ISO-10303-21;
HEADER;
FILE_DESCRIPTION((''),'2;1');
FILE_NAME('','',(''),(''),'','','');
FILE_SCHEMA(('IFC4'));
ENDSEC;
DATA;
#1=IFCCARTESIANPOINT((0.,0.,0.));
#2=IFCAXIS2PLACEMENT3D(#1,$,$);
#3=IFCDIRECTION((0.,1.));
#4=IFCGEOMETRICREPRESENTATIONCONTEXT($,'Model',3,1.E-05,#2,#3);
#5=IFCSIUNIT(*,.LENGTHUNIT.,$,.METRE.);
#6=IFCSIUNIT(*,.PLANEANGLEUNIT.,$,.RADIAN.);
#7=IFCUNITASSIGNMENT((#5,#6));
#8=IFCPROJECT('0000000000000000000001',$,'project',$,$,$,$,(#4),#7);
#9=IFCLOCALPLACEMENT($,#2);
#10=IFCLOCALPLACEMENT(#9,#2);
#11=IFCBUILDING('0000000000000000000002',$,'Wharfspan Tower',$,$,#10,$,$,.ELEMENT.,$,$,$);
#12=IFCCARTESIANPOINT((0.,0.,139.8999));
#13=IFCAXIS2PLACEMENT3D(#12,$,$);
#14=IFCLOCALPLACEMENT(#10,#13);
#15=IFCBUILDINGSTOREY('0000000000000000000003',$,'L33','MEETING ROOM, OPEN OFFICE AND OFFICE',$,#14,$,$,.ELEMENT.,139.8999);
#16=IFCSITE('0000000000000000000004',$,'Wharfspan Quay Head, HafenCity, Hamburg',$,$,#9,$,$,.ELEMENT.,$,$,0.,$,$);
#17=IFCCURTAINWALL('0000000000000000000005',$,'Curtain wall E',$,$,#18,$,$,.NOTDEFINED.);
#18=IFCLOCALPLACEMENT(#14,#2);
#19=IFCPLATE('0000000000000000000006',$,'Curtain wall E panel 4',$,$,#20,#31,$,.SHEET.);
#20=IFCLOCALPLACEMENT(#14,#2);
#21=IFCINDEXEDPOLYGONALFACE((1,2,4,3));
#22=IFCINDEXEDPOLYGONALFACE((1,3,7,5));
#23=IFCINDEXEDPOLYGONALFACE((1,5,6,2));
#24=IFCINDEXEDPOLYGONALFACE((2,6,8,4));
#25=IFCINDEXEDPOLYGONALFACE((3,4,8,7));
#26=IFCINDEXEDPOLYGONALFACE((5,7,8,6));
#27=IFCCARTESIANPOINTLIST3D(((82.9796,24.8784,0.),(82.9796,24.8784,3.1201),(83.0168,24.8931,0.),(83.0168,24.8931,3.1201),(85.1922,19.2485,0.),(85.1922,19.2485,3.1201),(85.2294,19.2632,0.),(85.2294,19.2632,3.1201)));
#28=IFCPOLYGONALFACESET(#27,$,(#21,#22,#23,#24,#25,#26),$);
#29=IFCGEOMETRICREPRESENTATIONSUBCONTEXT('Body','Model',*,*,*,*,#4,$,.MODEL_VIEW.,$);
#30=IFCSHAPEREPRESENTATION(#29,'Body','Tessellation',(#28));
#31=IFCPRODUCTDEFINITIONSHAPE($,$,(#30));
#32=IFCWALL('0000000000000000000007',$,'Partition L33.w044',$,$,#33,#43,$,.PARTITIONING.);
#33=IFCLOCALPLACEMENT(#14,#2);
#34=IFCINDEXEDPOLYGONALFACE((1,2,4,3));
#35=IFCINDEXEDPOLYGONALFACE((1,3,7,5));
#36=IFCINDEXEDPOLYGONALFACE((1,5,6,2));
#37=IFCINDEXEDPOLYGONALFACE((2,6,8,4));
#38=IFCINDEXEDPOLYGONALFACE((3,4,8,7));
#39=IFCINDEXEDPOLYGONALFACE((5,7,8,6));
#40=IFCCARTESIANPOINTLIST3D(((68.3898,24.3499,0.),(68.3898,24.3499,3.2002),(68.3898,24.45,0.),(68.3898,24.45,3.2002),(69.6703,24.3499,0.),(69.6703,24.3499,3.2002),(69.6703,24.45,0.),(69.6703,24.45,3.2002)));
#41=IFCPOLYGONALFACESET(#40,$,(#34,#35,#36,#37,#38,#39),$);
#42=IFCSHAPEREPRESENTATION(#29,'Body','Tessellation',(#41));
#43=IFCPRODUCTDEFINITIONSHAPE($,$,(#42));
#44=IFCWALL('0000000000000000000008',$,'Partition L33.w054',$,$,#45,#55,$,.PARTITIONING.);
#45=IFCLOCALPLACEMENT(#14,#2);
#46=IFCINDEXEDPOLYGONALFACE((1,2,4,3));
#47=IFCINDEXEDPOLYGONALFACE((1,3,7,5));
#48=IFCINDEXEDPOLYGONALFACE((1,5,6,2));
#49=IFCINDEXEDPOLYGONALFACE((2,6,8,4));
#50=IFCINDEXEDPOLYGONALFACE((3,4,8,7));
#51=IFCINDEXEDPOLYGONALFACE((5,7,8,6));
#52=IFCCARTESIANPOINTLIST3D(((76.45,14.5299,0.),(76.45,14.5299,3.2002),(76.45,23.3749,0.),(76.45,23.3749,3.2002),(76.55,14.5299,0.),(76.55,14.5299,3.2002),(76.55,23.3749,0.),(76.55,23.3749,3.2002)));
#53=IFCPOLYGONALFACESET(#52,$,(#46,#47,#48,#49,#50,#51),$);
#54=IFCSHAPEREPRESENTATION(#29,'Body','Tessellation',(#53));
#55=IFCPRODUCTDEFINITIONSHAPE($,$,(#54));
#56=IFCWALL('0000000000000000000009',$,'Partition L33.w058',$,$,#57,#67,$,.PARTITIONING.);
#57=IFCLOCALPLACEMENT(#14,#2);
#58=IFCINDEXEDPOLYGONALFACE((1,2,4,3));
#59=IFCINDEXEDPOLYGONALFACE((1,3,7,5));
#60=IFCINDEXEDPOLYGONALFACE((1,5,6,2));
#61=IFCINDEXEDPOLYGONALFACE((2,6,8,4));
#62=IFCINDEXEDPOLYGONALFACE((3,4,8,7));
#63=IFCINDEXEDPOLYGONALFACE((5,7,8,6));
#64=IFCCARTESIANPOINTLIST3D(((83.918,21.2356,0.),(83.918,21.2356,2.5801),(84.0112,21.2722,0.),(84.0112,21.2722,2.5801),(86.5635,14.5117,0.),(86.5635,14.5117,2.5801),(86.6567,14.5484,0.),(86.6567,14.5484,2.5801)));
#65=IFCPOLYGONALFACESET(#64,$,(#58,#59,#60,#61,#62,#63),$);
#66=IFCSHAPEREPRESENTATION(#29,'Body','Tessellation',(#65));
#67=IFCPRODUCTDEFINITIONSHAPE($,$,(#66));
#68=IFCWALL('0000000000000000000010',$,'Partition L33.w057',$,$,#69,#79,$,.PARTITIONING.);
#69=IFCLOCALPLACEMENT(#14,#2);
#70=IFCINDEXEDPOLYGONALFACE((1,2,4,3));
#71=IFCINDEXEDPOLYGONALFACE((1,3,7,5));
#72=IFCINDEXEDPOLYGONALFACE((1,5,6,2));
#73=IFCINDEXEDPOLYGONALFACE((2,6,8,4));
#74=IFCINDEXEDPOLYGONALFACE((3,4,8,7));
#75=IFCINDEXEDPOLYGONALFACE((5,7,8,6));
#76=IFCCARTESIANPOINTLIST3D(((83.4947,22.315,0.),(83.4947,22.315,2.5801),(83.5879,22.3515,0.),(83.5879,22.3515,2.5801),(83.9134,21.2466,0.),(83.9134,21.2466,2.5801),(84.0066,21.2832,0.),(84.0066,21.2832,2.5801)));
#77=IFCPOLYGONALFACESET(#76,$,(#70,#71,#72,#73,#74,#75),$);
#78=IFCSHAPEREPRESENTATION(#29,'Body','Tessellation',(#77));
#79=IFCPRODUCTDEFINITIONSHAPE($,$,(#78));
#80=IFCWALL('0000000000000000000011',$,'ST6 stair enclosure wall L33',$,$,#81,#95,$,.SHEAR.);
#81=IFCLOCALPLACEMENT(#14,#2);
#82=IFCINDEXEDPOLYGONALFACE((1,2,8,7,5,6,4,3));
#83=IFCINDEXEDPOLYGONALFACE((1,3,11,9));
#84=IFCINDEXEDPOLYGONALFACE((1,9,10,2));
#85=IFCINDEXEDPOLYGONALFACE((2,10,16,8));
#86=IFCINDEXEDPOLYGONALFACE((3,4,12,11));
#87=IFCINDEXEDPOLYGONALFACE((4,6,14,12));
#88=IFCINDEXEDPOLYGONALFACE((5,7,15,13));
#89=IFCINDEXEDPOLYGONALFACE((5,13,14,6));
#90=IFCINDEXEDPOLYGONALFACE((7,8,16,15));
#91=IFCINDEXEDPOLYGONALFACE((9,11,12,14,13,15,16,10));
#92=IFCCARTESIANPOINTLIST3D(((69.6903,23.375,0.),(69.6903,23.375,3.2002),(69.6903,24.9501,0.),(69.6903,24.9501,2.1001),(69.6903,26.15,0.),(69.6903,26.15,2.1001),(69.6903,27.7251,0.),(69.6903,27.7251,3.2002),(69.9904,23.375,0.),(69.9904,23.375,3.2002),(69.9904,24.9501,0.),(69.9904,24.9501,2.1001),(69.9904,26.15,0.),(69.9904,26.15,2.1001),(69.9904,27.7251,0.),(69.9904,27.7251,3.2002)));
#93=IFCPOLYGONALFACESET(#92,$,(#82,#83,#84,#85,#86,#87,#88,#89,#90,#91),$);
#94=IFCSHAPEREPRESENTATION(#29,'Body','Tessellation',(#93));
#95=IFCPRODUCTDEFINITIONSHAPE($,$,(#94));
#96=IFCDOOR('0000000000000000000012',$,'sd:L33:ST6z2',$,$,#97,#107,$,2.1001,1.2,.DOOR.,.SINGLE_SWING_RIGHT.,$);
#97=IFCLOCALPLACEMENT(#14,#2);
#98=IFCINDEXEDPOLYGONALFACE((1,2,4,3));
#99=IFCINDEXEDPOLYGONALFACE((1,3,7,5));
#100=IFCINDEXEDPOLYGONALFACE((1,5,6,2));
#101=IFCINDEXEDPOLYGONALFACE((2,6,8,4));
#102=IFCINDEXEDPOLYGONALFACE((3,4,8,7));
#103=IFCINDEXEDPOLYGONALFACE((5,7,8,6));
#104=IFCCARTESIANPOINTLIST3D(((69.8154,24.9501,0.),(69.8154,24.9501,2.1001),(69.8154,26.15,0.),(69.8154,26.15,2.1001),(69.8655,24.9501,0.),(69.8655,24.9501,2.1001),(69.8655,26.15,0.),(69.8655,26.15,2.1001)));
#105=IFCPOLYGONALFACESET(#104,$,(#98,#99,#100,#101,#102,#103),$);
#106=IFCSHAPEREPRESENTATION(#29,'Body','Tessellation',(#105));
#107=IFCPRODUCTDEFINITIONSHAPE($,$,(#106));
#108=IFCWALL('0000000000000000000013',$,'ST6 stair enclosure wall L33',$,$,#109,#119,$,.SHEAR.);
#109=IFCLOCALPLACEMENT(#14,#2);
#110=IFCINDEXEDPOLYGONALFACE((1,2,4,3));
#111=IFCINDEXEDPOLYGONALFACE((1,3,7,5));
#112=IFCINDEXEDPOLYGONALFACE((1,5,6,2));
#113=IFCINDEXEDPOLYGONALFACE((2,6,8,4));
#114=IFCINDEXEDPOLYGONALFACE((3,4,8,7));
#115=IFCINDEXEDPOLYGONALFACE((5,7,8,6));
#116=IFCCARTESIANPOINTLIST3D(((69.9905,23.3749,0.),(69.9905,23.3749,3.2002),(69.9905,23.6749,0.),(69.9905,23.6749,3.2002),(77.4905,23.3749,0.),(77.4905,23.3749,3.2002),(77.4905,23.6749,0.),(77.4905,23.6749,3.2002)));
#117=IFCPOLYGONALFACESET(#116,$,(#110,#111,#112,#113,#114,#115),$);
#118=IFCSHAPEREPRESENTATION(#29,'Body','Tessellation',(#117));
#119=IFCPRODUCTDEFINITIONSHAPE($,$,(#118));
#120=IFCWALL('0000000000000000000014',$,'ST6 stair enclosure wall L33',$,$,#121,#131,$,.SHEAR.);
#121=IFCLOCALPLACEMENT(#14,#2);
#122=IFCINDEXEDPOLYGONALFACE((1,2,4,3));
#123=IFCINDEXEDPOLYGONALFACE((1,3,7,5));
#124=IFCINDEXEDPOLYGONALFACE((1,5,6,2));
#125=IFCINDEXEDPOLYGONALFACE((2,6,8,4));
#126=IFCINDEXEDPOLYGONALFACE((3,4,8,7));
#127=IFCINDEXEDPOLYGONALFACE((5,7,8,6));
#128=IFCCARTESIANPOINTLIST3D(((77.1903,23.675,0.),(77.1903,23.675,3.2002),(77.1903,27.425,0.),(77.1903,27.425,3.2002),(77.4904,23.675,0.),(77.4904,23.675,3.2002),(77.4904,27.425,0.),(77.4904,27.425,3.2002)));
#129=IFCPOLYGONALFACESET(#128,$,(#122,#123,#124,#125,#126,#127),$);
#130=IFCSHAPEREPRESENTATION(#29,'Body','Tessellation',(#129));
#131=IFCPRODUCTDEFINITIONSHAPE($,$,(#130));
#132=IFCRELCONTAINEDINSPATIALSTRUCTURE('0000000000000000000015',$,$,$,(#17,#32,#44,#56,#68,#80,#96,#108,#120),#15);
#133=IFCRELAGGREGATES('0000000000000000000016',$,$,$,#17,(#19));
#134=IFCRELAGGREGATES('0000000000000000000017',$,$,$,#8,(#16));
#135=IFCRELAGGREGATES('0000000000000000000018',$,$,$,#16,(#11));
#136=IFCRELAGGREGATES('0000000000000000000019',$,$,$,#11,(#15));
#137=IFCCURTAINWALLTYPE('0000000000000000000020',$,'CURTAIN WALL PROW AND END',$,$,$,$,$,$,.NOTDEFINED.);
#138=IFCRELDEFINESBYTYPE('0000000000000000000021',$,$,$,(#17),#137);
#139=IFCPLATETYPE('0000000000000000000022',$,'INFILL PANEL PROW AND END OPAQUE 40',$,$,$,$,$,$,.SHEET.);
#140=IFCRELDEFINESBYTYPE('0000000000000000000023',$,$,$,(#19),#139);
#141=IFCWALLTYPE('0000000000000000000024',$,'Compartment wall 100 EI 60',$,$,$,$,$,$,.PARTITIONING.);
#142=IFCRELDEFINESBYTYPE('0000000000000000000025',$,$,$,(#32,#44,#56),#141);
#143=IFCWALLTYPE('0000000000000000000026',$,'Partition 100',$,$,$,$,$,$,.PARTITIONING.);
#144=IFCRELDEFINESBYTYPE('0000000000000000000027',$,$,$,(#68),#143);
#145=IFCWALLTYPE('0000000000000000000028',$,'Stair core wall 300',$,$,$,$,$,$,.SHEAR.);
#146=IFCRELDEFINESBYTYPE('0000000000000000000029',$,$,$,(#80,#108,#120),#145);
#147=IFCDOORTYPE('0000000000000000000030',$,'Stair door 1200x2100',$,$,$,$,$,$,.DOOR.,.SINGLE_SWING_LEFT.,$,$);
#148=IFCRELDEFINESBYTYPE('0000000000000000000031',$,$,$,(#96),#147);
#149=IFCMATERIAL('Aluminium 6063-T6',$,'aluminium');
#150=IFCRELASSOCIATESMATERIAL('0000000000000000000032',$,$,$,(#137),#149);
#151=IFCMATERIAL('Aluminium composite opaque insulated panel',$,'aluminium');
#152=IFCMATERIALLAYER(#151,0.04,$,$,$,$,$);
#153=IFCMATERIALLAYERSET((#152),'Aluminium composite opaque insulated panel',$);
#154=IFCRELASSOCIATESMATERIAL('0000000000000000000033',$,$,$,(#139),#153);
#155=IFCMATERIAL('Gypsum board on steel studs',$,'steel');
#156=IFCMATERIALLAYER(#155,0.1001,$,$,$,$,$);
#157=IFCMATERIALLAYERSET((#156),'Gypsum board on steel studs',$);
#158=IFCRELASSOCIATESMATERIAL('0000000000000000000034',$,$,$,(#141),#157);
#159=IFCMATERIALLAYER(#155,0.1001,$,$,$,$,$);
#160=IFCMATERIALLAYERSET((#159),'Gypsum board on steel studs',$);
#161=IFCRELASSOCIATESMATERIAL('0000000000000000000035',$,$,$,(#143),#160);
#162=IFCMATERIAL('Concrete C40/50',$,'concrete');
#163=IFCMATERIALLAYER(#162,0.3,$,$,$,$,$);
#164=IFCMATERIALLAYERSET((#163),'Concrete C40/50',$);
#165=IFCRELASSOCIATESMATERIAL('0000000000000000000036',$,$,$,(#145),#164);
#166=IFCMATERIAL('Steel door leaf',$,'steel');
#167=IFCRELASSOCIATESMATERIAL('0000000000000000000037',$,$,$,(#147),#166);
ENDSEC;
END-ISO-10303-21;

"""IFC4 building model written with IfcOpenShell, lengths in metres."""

from ifc_helpers import new_model, si_unit, direction, frame, frame_2d, origin, origin_2d, place, context, subcontext, project, spatial, rectangle, extrude, material, layer, layer_set, type_object, element, fill, aggregate, save


model = new_model("IFC4")

# Units and contexts
model_context = context("Model", 3, precision=1e-05, world=origin(), true_north=direction((0.0, 1.0)))
body_context = subcontext(model_context, "Body", "Model", "MODEL_VIEW")
ifc_project = project(units=[si_unit("LENGTHUNIT", "METRE"), si_unit("PLANEANGLEUNIT", "RADIAN")], contexts=[model_context])

# Site, building, storey
site_placement = place(None, origin())
site = spatial("IfcSite", under=ifc_project, at=site_placement, Name="Wharfspan Quay Head, HafenCity, Hamburg", CompositionType="ELEMENT", RefElevation=0.0)
building_placement = place(site_placement, origin())
building = spatial("IfcBuilding", under=site, at=building_placement, Name="Wharfspan Tower", CompositionType="ELEMENT")
storey_placement = place(building_placement, frame((0.0, 0.0, 139.8999)))
storey = spatial("IfcBuildingStorey", under=building, at=storey_placement, Name="L33", Description="MEETING ROOM, OPEN OFFICE AND OFFICE", CompositionType="ELEMENT", Elevation=139.8999)

# Curtain wall
ifc_material_1 = material(Name="Aluminium 6063-T6", Category="aluminium")
curtain_wall_type = type_object("IfcCurtainWallType", Name="CURTAIN WALL PROW AND END", PredefinedType="NOTDEFINED", material=ifc_material_1)
curtain_wall_placement = place(storey_placement, origin())
curtain_wall = element("IfcCurtainWall", 1, at=curtain_wall_placement, inside=storey, type_object=curtain_wall_type, Name="Curtain wall E", PredefinedType="NOTDEFINED")

# Plate
ifc_material_2 = material(Name="Aluminium composite opaque insulated panel", Category="aluminium")
ifc_layer_1 = layer(ifc_material_2, 0.04)
ifc_layer_set_1 = layer_set([ifc_layer_1], Name="Aluminium composite opaque insulated panel")
plate_type = type_object("IfcPlateType", Name="INFILL PANEL PROW AND END OPAQUE 40", PredefinedType="SHEET", material=ifc_layer_set_1)
plate_1_placement = place(storey_placement, frame((84.1045, 22.0708, 0.0), z_axis=(0.0, 0.0, 1.0), x_axis=(-0.365778, 0.930702, 0.0)))
plate_1 = element("IfcPlate", 2, at=plate_1_placement, type_object=plate_type, Name="Curtain wall E panel 4", PredefinedType="SHEET", context=body_context, shape_type="SweptSolid", body=[
    extrude(rectangle(XDim=6.0491, YDim=0.04, at=origin_2d()), origin(), (0.0, 0.0, 1.0), 3.1201),
])
aggregate(curtain_wall, [plate_1])

# Walls
ifc_material_3 = material(Name="Gypsum board on steel studs", Category="steel")
ifc_layer_2 = layer(ifc_material_3, 0.1001)
ifc_layer_set_2 = layer_set([ifc_layer_2], Name="Gypsum board on steel studs")
wall_type_1 = type_object("IfcWallType", Name="Compartment wall 100 EI 60", PredefinedType="PARTITIONING", material=ifc_layer_set_2)
wall_1_placement = place(storey_placement, frame((68.3899, 24.3999, 0.0), z_axis=(0.0, 0.0, 1.0), x_axis=(1.0, 0.0, 0.0)))
element("IfcWall", 3, at=wall_1_placement, inside=storey, type_object=wall_type_1, Name="Partition L33.w044", PredefinedType="PARTITIONING", context=body_context, shape_type="SweptSolid", body=[
    extrude(rectangle(XDim=1.2805, YDim=0.1001, at=frame_2d((0.6401, 0.0))), origin(), (0.0, 0.0, 1.0), 3.2002),
])
wall_2_placement = place(storey_placement, frame((76.5, 14.53, 0.0), z_axis=(0.0, 0.0, 1.0), x_axis=(0.0, 1.0, 0.0)))
element("IfcWall", 4, at=wall_2_placement, inside=storey, type_object=wall_type_1, Name="Partition L33.w054", PredefinedType="PARTITIONING", context=body_context, shape_type="SweptSolid", body=[
    extrude(rectangle(XDim=8.845, YDim=0.1001, at=frame_2d((4.4224, 0.0))), origin(), (0.0, 0.0, 1.0), 3.2002),
])
wall_3_placement = place(storey_placement, frame((86.6101, 14.53, 0.0), z_axis=(0.0, 0.0, 1.0), x_axis=(-0.366129, 0.930561, 0.0)))
element("IfcWall", 5, at=wall_3_placement, inside=storey, type_object=wall_type_1, Name="Partition L33.w058", PredefinedType="PARTITIONING", context=body_context, shape_type="SweptSolid", body=[
    extrude(rectangle(XDim=7.2256, YDim=0.1001, at=frame_2d((3.6128, 0.0))), origin(), (0.0, 0.0, 1.0), 2.5801),
])
ifc_layer_3 = layer(ifc_material_3, 0.1001)
ifc_layer_set_3 = layer_set([ifc_layer_3], Name="Gypsum board on steel studs")
wall_type_2 = type_object("IfcWallType", Name="Partition 100", PredefinedType="PARTITIONING", material=ifc_layer_set_3)
wall_4_placement = place(storey_placement, frame((83.96, 21.2649, 0.0), z_axis=(0.0, 0.0, 1.0), x_axis=(-0.364889, 0.931052, 0.0)))
element("IfcWall", 6, at=wall_4_placement, inside=storey, type_object=wall_type_2, Name="Partition L33.w057", PredefinedType="PARTITIONING", context=body_context, shape_type="SweptSolid", body=[
    extrude(rectangle(XDim=1.1475, YDim=0.1001, at=frame_2d((0.5737, 0.0))), origin(), (0.0, 0.0, 1.0), 2.5801),
])

# Wall, opening, door
ifc_material_4 = material(Name="Concrete C40/50", Category="concrete")
ifc_layer_4 = layer(ifc_material_4, 0.3)
ifc_layer_set_4 = layer_set([ifc_layer_4], Name="Concrete C40/50")
wall_type_3 = type_object("IfcWallType", Name="Stair core wall 300", PredefinedType="SHEAR", material=ifc_layer_set_4)
wall_5_placement = place(storey_placement, frame((69.8403, 23.375, 0.0), z_axis=(0.0, 0.0, 1.0), x_axis=(0.0, 1.0, 0.0)))
wall_5 = element("IfcWall", 7, at=wall_5_placement, inside=storey, type_object=wall_type_3, Name="ST6 stair enclosure wall L33", PredefinedType="SHEAR", context=body_context, shape_type="SweptSolid", body=[
    extrude(rectangle(XDim=4.3501, YDim=0.3, at=frame_2d((2.175, 0.0))), origin(), (0.0, 0.0, 1.0), 3.2002),
])
opening_placement = place(wall_5_placement, frame((1.575, 0.0, 0.0)))
opening = element("IfcOpeningElement", 8, at=opening_placement, cuts=wall_5, PredefinedType="OPENING", context=body_context, shape_type="SweptSolid", body=[
    extrude(rectangle(XDim=1.2, YDim=2.1001, at=frame_2d((0.6001, 1.05))), frame((0.0, 0.1599, 0.0), z_axis=(0.0, -1.0, 0.0), x_axis=(1.0, 0.0, 0.0)), (0.0, 0.0, 1.0), 0.3201),
])
ifc_material_5 = material(Name="Steel door leaf", Category="steel")
door_type = type_object("IfcDoorType", Name="Stair door 1200x2100", OperationType="SINGLE_SWING_LEFT", PredefinedType="DOOR", material=ifc_material_5)
door_placement = place(opening_placement, origin())
door = element("IfcDoor", 9, at=door_placement, inside=storey, type_object=door_type, Name="sd:L33:ST6z2", OperationType="SINGLE_SWING_RIGHT", OverallHeight=2.1001, OverallWidth=1.2, PredefinedType="DOOR", context=body_context, shape_type="SweptSolid", body=[
    extrude(rectangle(XDim=1.2, YDim=2.1001, at=frame_2d((0.6001, 1.05))), frame((0.0, 0.0249, 0.0), z_axis=(0.0, -1.0, 0.0), x_axis=(1.0, 0.0, 0.0)), (0.0, 0.0, 1.0), 0.05),
])
fill(opening, door)

# Walls
wall_6_placement = place(storey_placement, frame((69.9905, 23.5249, 0.0), z_axis=(0.0, 0.0, 1.0), x_axis=(1.0, 0.0, 0.0)))
element("IfcWall", 10, at=wall_6_placement, inside=storey, type_object=wall_type_3, Name="ST6 stair enclosure wall L33", PredefinedType="SHEAR", context=body_context, shape_type="SweptSolid", body=[
    extrude(rectangle(XDim=7.5, YDim=0.3, at=frame_2d((3.75, 0.0))), origin(), (0.0, 0.0, 1.0), 3.2002),
])
wall_7_placement = place(storey_placement, frame((77.3403, 23.675, 0.0), z_axis=(0.0, 0.0, 1.0), x_axis=(0.0, 1.0, 0.0)))
element("IfcWall", 11, at=wall_7_placement, inside=storey, type_object=wall_type_3, Name="ST6 stair enclosure wall L33", PredefinedType="SHEAR", context=body_context, shape_type="SweptSolid", body=[
    extrude(rectangle(XDim=3.75, YDim=0.3, at=frame_2d((1.875, 0.0))), origin(), (0.0, 0.0, 1.0), 3.2002),
])

save(model, "model.ifc")
